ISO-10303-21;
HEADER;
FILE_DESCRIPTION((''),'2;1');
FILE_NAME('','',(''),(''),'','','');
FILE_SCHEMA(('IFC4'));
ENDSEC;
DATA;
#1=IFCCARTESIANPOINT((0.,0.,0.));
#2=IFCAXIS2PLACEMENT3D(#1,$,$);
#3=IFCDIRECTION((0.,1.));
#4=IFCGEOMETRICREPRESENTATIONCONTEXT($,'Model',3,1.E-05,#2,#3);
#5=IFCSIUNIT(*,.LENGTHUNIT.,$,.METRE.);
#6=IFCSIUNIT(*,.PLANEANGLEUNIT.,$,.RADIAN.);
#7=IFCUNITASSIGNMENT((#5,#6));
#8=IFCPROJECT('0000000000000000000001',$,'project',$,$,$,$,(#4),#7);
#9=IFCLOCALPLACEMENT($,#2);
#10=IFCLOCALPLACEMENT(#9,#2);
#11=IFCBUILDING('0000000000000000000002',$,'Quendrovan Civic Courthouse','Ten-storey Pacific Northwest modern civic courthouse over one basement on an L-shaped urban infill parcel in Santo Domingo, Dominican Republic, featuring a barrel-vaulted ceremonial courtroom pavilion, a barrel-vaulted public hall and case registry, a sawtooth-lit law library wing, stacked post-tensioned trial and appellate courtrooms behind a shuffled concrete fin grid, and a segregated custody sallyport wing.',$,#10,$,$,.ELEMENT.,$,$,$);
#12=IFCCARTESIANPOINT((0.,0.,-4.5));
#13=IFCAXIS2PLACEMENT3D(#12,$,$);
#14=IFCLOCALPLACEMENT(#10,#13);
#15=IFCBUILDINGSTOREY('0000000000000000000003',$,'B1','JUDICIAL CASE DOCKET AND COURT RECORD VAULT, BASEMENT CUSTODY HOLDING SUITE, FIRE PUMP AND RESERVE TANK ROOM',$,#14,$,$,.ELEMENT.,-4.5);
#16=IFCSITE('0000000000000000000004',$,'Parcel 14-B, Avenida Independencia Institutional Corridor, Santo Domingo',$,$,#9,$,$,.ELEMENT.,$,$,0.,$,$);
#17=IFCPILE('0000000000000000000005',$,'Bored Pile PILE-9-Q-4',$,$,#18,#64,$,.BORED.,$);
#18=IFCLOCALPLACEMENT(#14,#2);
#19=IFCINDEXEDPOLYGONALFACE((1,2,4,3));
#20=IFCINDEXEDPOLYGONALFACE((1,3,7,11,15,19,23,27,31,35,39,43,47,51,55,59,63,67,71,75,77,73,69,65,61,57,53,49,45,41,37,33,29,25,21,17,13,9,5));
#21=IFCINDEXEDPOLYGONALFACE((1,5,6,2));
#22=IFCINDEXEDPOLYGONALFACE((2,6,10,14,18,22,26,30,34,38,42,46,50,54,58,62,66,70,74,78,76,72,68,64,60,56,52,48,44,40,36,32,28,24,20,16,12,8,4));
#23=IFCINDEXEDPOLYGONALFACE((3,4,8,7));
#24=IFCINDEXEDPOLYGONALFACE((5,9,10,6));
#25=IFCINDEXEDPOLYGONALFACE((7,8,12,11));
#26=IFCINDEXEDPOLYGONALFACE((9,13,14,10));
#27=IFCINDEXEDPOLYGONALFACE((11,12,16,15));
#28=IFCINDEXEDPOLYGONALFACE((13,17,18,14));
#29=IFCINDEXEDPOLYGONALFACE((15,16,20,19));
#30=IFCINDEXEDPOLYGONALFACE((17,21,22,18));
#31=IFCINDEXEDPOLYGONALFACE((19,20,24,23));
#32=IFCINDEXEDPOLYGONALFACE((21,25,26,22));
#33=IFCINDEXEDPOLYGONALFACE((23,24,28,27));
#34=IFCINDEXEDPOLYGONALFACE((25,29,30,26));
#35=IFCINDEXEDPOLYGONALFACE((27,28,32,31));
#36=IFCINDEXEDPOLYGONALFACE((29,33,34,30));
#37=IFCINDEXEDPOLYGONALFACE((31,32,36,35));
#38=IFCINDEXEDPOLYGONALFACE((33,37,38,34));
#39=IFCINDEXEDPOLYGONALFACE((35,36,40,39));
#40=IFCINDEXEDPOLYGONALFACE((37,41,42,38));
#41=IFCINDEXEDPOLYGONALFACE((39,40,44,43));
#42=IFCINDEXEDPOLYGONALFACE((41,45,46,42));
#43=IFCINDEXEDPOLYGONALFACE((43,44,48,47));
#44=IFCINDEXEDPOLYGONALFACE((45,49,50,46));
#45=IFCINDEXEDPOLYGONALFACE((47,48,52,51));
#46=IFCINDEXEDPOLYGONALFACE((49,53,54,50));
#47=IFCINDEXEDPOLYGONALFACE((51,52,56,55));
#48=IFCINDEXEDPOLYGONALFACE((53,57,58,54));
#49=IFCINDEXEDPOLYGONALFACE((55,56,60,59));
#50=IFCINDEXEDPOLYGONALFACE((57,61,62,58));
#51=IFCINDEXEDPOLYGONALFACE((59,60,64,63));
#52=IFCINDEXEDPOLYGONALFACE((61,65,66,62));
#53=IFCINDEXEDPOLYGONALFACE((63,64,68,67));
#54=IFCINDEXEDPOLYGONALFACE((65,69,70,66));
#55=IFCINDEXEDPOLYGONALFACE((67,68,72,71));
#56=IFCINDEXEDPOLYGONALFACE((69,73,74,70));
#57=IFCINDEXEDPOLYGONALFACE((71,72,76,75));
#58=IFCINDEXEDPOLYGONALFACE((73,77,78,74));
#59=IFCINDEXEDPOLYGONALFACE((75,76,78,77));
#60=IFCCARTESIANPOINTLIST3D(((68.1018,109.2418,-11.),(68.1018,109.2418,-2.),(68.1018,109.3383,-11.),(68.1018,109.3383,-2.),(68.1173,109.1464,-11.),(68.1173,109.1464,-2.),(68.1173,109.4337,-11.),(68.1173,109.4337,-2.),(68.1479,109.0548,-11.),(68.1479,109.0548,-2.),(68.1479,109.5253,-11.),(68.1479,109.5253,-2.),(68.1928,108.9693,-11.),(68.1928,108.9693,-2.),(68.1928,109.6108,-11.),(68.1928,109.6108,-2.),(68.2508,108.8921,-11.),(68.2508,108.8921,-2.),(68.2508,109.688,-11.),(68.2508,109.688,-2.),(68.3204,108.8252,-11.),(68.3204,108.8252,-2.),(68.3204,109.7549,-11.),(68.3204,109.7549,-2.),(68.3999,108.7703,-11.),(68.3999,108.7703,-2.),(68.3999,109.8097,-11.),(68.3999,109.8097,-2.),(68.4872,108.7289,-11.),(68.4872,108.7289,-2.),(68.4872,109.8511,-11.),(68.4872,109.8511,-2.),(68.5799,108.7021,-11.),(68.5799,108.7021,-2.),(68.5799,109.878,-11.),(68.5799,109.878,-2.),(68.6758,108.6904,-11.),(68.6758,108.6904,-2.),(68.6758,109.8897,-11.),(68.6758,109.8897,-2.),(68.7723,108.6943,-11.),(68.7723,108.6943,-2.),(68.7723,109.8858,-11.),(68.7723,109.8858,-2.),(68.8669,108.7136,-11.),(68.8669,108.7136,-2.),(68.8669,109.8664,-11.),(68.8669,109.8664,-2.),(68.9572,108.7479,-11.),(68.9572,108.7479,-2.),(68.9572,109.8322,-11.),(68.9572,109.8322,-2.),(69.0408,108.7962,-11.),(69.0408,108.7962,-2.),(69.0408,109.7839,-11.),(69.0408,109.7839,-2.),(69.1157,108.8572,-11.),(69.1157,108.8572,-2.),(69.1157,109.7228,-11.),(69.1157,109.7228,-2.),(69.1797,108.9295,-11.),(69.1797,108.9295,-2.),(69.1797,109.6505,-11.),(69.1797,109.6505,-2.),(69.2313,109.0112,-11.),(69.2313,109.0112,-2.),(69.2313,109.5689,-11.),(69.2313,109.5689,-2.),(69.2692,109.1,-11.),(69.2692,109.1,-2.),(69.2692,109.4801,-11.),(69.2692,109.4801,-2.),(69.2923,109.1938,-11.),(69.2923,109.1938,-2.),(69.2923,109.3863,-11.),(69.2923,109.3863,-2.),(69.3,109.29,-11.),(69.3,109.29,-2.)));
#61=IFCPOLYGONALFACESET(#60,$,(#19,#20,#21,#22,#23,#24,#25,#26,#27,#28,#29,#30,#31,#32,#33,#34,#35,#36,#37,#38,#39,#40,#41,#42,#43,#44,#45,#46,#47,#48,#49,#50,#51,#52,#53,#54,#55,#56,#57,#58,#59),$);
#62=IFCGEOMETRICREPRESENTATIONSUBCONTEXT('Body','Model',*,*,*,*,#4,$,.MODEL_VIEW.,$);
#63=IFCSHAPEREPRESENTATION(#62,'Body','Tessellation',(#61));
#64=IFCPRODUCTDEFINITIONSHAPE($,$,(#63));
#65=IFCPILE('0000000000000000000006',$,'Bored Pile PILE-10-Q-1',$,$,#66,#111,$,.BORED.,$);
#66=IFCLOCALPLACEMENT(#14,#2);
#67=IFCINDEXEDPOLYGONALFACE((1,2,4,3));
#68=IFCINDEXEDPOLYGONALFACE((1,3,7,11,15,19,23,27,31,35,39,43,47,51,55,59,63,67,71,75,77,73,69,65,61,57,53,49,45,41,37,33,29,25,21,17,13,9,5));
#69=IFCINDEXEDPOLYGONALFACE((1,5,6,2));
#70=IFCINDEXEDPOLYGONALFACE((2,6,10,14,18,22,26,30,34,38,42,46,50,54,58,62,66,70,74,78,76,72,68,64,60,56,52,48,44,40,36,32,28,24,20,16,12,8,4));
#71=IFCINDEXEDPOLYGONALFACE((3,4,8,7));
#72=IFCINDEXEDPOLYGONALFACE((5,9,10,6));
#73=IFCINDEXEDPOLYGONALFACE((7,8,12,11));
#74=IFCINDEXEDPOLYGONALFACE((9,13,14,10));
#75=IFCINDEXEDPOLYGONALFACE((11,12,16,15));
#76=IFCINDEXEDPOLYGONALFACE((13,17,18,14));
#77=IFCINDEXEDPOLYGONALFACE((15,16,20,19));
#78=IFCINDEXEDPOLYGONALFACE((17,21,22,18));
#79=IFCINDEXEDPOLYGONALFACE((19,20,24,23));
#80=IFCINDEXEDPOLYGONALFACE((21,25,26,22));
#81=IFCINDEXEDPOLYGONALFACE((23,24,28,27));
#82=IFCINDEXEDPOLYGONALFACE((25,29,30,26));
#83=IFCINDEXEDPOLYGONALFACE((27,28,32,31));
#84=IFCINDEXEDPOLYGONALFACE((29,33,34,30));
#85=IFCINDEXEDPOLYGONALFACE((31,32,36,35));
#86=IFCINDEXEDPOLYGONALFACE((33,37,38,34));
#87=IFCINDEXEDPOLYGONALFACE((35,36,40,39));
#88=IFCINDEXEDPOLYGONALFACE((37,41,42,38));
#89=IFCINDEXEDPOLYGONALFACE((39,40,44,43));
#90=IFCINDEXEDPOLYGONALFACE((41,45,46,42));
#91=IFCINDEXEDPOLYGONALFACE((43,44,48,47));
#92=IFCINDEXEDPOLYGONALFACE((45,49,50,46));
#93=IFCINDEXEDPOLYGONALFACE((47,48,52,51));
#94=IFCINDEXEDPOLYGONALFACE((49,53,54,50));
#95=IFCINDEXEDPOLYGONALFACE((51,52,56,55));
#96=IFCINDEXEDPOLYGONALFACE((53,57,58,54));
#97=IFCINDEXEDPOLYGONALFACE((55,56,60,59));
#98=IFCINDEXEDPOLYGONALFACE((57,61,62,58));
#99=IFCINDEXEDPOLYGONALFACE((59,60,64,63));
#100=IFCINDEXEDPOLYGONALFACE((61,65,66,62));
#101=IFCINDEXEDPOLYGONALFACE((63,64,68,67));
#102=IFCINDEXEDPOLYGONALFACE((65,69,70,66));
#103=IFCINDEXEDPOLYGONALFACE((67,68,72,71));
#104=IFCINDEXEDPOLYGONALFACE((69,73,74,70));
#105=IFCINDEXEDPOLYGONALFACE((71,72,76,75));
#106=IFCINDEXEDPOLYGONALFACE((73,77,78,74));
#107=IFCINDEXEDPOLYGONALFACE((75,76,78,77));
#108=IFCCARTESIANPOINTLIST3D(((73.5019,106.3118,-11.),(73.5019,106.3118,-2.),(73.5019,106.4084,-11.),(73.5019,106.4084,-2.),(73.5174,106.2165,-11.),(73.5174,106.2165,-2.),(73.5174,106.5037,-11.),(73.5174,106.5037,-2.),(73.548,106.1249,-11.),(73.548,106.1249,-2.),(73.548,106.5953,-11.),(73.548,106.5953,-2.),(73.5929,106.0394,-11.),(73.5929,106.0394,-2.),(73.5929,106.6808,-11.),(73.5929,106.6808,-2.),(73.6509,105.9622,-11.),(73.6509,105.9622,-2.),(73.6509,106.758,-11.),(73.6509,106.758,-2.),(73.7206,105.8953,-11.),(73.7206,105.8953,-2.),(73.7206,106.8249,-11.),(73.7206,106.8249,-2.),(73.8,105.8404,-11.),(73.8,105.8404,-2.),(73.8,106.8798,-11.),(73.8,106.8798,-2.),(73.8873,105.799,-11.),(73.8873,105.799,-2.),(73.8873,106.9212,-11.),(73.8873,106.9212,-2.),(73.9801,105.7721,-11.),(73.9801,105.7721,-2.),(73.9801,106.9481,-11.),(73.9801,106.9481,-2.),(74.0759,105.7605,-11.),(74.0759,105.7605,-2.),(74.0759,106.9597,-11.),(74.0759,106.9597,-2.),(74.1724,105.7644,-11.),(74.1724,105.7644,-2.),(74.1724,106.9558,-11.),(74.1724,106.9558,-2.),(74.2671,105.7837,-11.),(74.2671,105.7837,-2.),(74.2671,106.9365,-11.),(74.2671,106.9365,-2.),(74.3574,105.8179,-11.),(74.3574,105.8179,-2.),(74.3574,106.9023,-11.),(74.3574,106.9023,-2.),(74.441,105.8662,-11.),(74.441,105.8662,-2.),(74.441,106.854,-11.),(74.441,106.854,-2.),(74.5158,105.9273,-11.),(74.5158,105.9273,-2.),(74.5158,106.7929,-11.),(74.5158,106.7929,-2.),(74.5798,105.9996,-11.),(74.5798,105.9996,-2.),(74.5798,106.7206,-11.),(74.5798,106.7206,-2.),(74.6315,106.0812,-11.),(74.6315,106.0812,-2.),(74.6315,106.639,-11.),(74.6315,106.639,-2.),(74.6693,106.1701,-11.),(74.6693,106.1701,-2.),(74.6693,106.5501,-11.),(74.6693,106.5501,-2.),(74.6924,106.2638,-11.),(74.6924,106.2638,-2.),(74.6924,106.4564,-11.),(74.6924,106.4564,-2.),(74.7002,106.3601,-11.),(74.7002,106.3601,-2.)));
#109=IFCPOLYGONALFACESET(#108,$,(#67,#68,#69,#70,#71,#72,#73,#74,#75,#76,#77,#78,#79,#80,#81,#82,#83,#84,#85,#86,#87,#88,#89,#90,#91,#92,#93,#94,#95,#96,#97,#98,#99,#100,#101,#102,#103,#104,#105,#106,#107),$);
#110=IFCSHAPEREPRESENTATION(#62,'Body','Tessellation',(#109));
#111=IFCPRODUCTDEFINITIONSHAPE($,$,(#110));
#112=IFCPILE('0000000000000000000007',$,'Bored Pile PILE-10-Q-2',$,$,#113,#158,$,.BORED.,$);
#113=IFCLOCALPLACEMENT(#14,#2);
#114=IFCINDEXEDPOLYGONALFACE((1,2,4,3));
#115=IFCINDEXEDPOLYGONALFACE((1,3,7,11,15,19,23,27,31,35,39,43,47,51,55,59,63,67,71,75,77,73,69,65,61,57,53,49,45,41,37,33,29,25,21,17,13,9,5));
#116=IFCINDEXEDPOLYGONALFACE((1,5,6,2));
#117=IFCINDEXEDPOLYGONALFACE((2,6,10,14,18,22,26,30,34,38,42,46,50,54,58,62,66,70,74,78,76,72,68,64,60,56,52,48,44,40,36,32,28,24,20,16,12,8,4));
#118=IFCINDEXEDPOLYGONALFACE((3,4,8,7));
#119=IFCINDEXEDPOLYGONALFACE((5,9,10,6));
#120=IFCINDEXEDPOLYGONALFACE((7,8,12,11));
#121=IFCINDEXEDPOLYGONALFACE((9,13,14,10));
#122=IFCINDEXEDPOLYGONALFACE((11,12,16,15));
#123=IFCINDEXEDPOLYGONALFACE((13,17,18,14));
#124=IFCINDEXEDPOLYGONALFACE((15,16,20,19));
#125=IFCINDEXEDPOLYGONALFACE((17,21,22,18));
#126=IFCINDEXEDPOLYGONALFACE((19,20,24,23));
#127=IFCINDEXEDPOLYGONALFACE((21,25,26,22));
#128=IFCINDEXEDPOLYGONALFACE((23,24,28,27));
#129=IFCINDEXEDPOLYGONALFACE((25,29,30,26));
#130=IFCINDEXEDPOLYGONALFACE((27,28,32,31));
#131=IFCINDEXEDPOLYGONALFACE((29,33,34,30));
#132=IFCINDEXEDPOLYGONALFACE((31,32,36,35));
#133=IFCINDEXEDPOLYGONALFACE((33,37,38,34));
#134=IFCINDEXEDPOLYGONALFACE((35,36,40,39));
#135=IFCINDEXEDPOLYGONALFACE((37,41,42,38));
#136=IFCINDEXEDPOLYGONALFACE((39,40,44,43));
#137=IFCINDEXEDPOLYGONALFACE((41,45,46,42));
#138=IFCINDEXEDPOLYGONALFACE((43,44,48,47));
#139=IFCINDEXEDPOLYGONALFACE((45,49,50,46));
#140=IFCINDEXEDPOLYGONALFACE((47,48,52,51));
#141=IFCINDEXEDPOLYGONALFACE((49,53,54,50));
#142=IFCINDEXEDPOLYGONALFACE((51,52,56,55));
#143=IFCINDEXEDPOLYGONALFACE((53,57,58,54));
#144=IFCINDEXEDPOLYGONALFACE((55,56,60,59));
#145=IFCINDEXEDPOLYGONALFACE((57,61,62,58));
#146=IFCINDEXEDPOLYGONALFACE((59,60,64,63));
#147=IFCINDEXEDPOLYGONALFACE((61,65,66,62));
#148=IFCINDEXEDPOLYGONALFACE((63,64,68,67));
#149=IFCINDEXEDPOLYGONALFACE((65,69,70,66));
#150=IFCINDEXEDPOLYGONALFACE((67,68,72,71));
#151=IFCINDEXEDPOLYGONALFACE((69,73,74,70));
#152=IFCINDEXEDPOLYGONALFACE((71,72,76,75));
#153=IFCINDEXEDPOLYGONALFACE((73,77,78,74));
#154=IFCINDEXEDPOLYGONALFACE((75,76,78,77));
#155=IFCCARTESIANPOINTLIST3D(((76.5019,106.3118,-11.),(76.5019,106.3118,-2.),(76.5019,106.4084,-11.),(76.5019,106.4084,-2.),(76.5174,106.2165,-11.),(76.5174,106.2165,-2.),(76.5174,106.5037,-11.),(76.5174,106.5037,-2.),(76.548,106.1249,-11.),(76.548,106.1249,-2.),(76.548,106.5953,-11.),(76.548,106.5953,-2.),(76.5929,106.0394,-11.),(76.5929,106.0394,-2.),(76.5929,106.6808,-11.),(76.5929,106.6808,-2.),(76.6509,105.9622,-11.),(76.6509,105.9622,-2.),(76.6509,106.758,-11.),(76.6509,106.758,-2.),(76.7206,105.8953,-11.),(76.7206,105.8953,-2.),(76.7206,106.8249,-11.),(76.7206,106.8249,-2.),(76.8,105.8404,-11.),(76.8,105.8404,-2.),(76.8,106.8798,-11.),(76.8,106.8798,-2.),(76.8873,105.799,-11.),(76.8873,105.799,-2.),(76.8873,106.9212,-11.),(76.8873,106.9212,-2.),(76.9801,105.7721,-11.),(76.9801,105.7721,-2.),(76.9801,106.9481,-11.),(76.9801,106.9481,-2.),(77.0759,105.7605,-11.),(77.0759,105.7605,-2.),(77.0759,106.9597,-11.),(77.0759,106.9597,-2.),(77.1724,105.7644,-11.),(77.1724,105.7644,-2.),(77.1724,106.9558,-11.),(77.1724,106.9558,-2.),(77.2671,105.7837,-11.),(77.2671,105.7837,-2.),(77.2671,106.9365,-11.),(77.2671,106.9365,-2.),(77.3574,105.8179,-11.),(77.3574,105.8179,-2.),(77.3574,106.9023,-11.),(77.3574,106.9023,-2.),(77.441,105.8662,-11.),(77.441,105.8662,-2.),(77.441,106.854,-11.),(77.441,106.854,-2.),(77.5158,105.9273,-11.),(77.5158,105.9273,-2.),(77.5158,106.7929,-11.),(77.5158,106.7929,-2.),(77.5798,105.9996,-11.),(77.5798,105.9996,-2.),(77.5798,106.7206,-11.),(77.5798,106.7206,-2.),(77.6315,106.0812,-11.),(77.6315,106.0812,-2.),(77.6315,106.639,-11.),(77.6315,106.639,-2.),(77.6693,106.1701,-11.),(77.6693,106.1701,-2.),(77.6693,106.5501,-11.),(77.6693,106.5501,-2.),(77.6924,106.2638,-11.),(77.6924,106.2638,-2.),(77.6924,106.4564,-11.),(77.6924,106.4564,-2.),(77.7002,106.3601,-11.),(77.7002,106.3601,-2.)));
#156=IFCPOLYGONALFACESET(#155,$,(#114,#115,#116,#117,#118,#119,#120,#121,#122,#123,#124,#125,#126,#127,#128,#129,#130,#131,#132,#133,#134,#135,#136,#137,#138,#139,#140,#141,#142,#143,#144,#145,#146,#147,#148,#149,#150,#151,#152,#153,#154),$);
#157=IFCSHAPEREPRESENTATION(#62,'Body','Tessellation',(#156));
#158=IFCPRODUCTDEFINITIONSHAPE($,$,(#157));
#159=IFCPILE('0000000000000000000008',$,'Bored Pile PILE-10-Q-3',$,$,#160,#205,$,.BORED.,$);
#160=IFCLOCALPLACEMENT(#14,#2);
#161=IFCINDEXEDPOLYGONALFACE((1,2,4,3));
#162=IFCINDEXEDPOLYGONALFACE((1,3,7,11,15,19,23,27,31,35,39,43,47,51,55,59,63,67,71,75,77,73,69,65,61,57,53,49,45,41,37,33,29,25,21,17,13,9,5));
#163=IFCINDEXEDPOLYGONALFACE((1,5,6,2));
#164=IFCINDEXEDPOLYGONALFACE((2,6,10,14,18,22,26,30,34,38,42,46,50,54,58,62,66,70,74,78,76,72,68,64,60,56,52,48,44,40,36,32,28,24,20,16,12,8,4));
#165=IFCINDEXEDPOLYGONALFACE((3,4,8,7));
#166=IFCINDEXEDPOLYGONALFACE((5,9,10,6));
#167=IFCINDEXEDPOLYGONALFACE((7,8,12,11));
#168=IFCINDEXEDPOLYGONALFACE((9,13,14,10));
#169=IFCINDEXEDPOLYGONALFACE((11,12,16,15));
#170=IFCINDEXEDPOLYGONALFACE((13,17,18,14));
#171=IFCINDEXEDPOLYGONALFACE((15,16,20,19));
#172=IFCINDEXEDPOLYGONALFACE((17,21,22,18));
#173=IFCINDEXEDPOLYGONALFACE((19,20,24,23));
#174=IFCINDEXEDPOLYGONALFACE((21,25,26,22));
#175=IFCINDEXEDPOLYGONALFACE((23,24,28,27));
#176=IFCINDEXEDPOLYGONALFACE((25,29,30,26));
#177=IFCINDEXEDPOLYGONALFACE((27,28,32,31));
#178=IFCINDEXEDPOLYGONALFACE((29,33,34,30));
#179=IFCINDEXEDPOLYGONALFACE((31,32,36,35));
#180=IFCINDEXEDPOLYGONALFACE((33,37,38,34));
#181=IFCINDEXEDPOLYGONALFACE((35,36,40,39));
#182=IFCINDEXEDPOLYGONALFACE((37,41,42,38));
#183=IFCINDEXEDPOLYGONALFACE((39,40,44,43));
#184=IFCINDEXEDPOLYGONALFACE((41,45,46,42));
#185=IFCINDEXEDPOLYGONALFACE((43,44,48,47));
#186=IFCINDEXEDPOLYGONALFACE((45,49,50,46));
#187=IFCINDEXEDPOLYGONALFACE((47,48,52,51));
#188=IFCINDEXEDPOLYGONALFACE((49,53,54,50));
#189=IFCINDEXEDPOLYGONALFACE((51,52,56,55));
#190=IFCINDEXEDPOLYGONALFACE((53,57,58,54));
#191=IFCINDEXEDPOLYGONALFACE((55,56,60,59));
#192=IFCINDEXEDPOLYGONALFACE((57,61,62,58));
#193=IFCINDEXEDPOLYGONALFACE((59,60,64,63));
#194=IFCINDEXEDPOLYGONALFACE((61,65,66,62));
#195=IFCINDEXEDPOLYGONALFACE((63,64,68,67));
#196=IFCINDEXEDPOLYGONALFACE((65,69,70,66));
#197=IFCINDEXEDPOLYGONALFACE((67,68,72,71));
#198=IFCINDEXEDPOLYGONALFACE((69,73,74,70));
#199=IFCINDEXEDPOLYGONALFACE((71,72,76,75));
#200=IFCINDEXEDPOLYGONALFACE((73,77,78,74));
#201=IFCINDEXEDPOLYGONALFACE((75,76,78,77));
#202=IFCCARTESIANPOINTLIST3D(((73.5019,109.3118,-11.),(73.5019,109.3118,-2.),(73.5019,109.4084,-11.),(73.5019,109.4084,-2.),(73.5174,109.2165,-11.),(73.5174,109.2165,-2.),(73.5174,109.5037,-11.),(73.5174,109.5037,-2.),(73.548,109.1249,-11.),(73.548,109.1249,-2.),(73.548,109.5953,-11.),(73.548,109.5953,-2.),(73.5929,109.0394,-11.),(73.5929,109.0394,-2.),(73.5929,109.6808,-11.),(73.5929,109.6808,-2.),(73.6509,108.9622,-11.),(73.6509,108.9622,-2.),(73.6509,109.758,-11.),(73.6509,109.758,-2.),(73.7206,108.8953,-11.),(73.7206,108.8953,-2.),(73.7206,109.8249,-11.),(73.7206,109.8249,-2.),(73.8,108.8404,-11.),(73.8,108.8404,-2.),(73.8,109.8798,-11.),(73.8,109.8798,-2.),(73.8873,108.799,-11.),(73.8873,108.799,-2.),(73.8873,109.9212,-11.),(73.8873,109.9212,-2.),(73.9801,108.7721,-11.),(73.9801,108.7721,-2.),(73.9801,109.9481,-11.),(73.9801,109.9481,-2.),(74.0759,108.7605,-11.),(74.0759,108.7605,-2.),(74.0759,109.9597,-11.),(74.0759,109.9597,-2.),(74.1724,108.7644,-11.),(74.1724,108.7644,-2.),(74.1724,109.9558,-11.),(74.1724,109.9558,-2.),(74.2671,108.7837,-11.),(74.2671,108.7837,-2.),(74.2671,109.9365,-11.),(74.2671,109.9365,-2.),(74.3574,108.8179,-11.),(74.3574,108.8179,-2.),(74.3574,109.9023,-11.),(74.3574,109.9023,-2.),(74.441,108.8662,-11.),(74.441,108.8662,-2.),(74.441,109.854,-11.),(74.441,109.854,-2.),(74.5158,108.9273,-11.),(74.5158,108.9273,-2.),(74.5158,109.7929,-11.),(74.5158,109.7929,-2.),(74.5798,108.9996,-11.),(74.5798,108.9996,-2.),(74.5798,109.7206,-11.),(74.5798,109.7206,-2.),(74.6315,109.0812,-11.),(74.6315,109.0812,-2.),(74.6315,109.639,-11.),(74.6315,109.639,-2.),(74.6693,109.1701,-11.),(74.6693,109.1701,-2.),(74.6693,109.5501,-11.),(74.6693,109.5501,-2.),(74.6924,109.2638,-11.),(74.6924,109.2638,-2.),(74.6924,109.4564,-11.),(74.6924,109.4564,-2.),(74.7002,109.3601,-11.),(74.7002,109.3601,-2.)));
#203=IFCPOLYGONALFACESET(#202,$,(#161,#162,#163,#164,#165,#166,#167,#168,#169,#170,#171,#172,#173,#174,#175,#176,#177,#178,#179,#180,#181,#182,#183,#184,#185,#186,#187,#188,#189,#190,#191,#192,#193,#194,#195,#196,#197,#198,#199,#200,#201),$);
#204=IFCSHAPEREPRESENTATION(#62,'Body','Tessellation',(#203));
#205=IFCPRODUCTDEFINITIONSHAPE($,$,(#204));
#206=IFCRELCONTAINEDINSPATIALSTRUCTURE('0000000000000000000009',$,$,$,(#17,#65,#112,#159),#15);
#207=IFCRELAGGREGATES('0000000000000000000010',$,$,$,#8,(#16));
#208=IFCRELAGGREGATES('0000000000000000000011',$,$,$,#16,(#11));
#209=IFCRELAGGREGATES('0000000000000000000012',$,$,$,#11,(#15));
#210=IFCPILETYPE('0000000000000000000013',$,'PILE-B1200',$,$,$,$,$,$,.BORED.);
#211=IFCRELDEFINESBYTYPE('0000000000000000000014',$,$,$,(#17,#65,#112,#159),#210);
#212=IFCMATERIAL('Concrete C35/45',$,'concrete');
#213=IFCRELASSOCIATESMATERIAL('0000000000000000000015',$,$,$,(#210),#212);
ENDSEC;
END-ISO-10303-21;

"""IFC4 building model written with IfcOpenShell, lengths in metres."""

from ifc_helpers import new_model, si_unit, direction, frame, origin, origin_2d, place, context, subcontext, project, spatial, circle, extrude, material, material_profile, profile_set, type_object, element, save


model = new_model("IFC4")

# Units and contexts
model_context = context("Model", 3, precision=1e-05, world=origin(), true_north=direction((0.0, 1.0)))
body_context = subcontext(model_context, "Body", "Model", "MODEL_VIEW")
ifc_project = project(units=[si_unit("LENGTHUNIT", "METRE"), si_unit("PLANEANGLEUNIT", "RADIAN")], contexts=[model_context])

# Site, building, storey
site_placement = place(None, origin())
site = spatial("IfcSite", under=ifc_project, at=site_placement, Name="Parcel 14-B, Avenida Independencia Institutional Corridor, Santo Domingo", CompositionType="ELEMENT", RefElevation=0.0)
building_placement = place(site_placement, origin())
building = spatial("IfcBuilding", under=site, at=building_placement, Name="Quendrovan Civic Courthouse", Description="Ten-storey Pacific Northwest modern civic courthouse over one basement on an L-shaped urban infill parcel in Santo Domingo, Dominican Republic, featuring a barrel-vaulted ceremonial courtroom pavilion, a barrel-vaulted public hall and case registry, a sawtooth-lit law library wing, stacked post-tensioned trial and appellate courtrooms behind a shuffled concrete fin grid, and a segregated custody sallyport wing.", CompositionType="ELEMENT")
storey_placement = place(building_placement, frame((0.0, 0.0, -4.5)))
storey = spatial("IfcBuildingStorey", under=building, at=storey_placement, Name="B1", Description="JUDICIAL CASE DOCKET AND COURT RECORD VAULT, BASEMENT CUSTODY HOLDING SUITE, FIRE PUMP AND RESERVE TANK ROOM", CompositionType="ELEMENT", Elevation=-4.5)

# Shared definitions
ifc_material_1 = material(Name="Concrete C35/45", Category="concrete")

# Piles
ifc_material_profile_1 = material_profile(ifc_material_1, circle(Radius=0.6001, at=origin_2d()), Name="PILE-D1200")
ifc_profile_set_1 = profile_set([ifc_material_profile_1], Name="Concrete C35/45")
pile_type = type_object("IfcPileType", Name="PILE-B1200", PredefinedType="BORED", material=ifc_profile_set_1)
for number, where, z_axis, x_axis, name in (
    (1, (68.7, 109.29, -2.0), (0.0, 0.0, -1.0), (1.0, 0.0, 0.0), "Bored Pile PILE-9-Q-4"),
    (2, (74.1001, 106.3601, -2.0), (0.0, 0.0, -1.0), (1.0, 0.0, 0.0), "Bored Pile PILE-10-Q-1"),
    (3, (77.1001, 106.3601, -2.0), (0.0, 0.0, -1.0), (1.0, 0.0, 0.0), "Bored Pile PILE-10-Q-2"),
    (4, (74.1001, 109.3601, -2.0), (0.0, 0.0, -1.0), (1.0, 0.0, 0.0), "Bored Pile PILE-10-Q-3"),
):
    element("IfcPile", number, at=place(storey_placement, frame(where, z_axis=z_axis, x_axis=x_axis)), inside=storey, type_object=pile_type, Name=name, PredefinedType="BORED", context=body_context, shape_type="SweptSolid", body=[
        extrude(circle(Radius=0.6001, at=origin_2d()), origin(), (0.0, 0.0, 1.0), 9.0),
    ])

save(model, "model.ifc")
